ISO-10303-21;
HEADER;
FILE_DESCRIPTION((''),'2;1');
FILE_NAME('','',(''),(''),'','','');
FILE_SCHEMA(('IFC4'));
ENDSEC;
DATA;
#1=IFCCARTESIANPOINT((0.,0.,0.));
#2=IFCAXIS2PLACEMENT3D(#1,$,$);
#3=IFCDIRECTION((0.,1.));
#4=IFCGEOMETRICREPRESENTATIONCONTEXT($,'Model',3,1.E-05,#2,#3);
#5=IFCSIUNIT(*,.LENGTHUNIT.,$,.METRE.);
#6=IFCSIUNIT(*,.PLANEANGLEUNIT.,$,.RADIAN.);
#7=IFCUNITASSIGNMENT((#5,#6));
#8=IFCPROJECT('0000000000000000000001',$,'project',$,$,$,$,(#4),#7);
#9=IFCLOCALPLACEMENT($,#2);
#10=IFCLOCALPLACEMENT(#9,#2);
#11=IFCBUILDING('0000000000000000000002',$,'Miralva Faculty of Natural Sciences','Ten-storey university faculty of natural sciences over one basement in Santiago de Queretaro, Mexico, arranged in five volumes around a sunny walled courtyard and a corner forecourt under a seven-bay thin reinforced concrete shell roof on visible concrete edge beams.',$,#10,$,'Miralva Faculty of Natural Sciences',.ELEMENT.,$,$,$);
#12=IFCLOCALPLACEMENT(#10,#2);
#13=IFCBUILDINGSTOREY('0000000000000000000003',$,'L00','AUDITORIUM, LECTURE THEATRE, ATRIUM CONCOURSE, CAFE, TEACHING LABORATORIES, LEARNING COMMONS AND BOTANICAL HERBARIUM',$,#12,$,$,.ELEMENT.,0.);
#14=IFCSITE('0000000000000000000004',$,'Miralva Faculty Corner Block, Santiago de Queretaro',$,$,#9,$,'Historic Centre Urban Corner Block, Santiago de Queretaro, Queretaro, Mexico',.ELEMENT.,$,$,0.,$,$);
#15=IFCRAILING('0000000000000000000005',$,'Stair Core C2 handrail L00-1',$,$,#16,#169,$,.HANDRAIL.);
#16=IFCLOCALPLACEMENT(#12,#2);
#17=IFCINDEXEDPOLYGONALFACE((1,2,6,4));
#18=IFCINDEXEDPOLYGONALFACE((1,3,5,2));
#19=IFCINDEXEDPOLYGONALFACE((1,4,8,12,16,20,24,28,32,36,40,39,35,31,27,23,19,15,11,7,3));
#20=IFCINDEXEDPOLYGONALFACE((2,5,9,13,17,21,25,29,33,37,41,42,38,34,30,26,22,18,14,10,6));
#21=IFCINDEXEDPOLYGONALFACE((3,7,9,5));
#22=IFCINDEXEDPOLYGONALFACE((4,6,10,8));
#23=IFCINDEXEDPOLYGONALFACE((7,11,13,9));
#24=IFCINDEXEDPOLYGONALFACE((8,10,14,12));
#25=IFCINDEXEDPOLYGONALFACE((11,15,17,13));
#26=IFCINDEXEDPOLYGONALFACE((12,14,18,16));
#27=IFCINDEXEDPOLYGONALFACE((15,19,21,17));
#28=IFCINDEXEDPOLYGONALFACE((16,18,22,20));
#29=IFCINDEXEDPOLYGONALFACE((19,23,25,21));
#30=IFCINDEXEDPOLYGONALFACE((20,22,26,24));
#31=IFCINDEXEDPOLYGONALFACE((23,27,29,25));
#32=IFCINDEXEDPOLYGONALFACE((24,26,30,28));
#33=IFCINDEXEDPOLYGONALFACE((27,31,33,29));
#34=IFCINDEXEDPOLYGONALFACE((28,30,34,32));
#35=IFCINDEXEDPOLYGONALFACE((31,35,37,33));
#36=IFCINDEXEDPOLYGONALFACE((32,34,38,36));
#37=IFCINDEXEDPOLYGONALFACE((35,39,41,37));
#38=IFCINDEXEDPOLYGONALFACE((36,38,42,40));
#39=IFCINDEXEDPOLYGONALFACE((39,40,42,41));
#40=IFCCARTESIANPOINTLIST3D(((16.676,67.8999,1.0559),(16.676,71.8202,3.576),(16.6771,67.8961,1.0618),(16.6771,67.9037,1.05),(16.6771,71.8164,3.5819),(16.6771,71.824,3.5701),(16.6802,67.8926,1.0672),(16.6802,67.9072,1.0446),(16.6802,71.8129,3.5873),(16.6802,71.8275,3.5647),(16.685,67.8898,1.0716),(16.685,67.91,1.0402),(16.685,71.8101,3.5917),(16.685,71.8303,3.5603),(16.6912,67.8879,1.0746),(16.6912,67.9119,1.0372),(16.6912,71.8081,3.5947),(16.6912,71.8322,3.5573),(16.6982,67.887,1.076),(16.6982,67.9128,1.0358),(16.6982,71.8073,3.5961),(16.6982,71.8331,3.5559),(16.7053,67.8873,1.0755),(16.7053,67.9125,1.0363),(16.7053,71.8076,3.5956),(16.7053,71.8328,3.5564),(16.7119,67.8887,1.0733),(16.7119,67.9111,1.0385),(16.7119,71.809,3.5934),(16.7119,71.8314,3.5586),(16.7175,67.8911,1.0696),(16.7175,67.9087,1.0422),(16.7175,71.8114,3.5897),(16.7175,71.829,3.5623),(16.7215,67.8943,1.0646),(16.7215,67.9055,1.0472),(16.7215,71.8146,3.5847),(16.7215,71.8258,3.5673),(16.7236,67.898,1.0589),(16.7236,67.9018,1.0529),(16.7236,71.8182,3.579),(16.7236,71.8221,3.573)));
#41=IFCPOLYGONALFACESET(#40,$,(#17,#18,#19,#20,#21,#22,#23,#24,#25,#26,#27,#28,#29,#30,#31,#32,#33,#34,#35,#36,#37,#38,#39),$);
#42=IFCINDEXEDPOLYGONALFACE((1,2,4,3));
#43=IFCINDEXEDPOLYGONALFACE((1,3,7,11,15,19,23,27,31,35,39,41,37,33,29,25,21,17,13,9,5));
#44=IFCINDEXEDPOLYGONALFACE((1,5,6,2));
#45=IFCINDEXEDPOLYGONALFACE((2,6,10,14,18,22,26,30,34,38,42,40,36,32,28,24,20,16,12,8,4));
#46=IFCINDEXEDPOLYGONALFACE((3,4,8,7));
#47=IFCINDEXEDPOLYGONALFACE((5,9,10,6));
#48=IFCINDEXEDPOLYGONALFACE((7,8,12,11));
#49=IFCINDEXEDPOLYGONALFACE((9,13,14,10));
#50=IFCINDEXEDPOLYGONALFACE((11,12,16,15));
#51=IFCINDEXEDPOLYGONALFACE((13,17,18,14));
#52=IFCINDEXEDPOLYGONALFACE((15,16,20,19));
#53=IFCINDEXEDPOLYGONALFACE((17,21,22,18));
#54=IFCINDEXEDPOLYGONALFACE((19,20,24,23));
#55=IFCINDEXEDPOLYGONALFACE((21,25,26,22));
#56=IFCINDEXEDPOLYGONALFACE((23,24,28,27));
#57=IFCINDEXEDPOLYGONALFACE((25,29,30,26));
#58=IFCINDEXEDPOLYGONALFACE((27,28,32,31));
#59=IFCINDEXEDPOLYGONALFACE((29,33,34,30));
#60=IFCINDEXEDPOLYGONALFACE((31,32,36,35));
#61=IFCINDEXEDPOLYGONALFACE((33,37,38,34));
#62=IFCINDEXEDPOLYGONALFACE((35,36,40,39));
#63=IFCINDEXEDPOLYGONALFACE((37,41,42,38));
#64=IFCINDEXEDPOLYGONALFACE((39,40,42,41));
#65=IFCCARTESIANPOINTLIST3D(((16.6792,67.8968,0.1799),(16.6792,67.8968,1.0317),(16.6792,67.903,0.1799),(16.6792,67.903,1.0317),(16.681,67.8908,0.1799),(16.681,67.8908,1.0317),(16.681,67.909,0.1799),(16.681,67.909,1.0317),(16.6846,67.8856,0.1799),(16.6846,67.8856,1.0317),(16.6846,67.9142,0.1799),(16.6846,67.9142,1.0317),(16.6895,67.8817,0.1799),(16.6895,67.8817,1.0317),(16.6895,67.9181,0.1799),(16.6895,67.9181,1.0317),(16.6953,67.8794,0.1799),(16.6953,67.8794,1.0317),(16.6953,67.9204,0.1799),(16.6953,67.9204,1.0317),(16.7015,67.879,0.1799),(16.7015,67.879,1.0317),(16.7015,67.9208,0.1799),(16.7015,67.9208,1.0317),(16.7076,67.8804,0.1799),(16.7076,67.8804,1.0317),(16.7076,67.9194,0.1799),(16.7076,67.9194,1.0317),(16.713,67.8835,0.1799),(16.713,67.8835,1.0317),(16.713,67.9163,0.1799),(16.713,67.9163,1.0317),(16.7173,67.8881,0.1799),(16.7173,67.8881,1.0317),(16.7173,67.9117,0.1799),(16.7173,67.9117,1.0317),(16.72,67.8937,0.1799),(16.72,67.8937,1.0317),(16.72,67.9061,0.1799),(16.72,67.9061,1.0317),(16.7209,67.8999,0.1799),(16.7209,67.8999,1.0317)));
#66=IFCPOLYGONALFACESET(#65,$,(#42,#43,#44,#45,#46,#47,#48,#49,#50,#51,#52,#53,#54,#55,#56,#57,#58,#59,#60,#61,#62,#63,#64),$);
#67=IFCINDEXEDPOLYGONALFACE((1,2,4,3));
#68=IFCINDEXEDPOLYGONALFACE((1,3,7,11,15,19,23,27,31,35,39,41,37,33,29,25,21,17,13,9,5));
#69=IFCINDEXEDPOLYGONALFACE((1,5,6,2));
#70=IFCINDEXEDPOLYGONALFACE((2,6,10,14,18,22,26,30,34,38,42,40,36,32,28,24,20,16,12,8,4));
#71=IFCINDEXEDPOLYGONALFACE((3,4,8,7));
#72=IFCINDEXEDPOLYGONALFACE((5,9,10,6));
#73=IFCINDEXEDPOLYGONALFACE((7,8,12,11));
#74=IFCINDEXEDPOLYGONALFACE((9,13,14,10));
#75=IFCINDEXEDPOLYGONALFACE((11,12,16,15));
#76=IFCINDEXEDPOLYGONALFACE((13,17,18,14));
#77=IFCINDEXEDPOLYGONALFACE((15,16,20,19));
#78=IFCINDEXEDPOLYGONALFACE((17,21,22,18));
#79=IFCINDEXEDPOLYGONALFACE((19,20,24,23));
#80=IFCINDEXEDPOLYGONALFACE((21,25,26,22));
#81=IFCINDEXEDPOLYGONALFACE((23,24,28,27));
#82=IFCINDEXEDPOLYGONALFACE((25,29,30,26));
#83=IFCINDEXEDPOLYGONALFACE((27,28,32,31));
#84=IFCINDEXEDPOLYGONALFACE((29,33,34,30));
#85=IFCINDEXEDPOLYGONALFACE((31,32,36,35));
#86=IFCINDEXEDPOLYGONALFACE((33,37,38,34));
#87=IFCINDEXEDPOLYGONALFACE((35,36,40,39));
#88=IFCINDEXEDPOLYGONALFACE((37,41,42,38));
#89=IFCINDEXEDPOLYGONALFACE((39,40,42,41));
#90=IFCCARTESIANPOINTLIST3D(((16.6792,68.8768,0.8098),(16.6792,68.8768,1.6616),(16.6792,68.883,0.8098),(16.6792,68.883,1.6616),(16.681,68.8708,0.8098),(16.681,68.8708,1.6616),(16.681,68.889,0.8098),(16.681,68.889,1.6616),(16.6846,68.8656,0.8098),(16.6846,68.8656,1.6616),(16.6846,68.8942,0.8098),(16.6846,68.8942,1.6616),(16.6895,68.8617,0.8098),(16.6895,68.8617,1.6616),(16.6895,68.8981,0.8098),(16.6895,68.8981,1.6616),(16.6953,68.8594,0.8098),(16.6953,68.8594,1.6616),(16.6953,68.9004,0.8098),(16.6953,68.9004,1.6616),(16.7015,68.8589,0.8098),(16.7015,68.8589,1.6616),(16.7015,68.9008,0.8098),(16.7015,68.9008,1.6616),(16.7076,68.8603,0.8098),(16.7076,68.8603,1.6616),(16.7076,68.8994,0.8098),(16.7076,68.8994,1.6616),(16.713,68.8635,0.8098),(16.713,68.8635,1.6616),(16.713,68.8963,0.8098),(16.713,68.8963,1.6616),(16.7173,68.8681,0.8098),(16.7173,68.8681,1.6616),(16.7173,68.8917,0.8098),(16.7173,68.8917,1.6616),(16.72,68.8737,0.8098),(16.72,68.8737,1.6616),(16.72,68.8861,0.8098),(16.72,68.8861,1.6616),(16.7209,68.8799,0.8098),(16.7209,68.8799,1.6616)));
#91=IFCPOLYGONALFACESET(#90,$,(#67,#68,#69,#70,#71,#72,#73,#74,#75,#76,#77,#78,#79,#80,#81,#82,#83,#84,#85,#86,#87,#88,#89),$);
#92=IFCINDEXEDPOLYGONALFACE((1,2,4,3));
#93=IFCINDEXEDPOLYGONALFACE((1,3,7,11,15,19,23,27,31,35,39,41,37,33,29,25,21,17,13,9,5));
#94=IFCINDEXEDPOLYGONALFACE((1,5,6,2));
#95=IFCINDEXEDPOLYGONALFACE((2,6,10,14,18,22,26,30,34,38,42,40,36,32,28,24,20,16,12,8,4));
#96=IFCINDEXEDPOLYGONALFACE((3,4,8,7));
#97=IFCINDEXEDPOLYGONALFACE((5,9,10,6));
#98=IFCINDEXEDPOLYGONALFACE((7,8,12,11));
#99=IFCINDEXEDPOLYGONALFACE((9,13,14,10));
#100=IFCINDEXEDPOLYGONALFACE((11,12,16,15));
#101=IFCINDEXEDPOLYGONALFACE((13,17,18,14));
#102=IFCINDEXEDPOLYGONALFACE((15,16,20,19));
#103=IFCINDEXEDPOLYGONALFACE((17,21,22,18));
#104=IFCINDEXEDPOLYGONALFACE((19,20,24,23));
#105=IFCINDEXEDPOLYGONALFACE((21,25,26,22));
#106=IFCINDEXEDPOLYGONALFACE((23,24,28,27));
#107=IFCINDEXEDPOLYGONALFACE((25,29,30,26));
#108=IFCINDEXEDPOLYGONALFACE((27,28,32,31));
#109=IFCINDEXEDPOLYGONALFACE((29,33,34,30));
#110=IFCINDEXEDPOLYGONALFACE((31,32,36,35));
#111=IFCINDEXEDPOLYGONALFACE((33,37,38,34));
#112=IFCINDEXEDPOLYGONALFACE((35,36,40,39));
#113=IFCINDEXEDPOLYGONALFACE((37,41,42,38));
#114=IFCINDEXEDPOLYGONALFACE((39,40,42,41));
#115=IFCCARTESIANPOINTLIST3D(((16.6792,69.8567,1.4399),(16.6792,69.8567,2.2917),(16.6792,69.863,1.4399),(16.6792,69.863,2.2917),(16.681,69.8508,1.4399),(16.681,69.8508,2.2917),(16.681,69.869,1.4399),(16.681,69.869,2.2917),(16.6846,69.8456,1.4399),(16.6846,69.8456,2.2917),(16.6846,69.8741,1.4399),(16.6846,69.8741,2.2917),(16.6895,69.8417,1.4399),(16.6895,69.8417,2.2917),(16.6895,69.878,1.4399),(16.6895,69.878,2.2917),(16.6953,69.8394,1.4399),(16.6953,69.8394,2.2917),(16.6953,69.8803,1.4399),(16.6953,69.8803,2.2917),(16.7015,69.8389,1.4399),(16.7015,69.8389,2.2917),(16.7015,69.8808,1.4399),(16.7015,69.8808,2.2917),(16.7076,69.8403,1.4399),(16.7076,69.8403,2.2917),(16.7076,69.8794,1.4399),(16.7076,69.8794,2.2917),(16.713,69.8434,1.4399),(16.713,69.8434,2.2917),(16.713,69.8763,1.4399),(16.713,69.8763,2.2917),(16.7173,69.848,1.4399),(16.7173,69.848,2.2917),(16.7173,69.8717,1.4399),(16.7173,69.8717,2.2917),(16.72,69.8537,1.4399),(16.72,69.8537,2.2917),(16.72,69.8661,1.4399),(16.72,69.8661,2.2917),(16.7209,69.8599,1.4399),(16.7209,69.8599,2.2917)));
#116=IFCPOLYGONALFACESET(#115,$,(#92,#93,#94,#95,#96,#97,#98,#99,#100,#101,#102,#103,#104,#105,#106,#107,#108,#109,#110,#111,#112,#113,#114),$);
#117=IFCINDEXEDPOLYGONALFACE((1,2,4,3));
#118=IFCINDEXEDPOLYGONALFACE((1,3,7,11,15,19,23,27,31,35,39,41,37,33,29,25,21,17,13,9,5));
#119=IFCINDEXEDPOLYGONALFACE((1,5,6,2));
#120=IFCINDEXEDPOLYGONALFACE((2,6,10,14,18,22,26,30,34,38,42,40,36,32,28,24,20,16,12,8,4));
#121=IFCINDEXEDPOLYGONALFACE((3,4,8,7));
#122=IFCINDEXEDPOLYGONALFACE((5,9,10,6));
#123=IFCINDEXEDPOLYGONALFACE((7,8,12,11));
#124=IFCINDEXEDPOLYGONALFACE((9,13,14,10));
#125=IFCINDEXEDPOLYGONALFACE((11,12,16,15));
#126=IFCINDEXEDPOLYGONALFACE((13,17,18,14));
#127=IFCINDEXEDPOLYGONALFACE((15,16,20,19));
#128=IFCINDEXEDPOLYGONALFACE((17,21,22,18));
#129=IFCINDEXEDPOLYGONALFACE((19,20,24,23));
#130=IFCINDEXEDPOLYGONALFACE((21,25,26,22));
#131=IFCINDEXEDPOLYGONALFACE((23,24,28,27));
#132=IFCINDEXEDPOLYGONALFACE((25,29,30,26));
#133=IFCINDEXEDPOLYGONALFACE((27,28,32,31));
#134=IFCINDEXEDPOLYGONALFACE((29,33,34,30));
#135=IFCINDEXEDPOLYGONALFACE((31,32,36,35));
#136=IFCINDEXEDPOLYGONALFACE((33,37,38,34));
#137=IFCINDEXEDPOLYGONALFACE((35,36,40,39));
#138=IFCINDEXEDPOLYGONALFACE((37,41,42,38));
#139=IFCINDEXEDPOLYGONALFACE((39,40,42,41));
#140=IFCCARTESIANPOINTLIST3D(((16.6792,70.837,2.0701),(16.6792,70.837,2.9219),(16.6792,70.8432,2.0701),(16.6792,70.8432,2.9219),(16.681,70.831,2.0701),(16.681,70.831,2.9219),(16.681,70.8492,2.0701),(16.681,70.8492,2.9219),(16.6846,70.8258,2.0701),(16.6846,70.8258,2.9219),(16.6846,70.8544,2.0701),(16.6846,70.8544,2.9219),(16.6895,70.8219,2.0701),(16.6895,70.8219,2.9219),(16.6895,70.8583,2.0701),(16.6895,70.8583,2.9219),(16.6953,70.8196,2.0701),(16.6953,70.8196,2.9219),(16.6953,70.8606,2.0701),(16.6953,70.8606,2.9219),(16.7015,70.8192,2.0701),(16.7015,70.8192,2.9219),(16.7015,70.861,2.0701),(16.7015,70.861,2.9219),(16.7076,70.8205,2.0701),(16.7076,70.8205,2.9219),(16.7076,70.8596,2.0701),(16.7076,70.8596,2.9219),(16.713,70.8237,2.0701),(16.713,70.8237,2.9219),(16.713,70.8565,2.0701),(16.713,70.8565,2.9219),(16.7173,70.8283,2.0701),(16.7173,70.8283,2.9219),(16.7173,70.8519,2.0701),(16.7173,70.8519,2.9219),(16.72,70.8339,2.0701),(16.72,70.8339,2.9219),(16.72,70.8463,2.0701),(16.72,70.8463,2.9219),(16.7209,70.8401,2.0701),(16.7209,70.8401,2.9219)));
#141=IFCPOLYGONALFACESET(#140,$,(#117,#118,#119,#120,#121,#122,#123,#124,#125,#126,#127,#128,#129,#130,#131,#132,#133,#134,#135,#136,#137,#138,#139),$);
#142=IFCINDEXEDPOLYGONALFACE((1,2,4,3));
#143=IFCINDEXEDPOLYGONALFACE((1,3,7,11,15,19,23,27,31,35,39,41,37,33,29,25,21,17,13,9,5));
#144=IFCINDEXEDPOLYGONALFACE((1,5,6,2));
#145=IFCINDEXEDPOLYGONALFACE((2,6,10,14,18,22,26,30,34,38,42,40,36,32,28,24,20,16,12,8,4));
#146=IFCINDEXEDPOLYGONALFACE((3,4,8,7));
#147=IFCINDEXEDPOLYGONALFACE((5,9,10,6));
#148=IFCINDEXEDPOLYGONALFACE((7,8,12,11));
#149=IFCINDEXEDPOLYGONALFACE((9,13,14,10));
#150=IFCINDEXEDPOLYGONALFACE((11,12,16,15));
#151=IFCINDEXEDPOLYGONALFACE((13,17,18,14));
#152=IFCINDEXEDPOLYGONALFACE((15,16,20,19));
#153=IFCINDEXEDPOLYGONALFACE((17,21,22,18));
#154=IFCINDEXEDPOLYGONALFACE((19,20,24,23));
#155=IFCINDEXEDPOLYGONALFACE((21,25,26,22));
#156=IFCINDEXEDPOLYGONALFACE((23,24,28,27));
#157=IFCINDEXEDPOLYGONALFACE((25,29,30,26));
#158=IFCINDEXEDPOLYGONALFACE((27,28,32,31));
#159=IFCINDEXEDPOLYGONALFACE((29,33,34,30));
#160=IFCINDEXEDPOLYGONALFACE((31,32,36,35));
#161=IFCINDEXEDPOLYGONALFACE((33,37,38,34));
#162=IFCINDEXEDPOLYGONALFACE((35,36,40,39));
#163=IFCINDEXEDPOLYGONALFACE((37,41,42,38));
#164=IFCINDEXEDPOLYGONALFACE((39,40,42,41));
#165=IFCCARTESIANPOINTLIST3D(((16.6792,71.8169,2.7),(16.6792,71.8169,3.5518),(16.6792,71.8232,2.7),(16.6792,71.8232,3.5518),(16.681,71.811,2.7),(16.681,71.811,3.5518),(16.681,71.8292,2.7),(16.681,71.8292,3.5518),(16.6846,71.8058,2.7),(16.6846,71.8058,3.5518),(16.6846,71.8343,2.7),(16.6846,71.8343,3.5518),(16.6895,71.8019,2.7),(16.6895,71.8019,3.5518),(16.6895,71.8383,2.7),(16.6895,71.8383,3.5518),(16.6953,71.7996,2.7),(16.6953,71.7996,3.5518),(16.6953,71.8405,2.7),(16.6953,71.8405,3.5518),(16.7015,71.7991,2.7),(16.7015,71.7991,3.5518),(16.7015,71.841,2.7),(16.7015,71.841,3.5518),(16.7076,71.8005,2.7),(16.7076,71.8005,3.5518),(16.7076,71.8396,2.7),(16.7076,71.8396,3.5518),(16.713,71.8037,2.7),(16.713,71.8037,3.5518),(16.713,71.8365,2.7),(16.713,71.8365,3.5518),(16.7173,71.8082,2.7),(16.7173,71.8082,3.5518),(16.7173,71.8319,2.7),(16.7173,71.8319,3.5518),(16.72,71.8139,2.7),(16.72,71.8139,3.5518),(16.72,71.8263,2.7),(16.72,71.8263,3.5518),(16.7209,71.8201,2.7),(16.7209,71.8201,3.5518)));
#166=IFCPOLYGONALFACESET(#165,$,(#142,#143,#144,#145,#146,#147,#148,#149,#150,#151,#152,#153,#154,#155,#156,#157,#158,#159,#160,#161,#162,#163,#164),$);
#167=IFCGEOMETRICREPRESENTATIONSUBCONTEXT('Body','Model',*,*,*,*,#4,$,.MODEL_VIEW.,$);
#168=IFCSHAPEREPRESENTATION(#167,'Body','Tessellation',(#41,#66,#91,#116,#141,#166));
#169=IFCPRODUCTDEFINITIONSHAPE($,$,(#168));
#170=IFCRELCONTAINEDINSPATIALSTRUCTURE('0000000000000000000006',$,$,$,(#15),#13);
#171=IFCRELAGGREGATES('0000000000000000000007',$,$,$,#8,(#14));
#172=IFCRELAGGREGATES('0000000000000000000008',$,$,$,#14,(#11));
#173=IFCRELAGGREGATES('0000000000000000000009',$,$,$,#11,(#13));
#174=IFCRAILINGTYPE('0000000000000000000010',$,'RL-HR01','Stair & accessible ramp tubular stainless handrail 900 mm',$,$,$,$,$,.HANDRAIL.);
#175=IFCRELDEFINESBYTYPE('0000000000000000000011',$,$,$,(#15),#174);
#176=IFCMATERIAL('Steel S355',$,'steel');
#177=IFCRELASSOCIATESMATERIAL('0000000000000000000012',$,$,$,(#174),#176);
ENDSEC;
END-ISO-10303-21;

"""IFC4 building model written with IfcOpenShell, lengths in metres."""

from ifc_helpers import new_model, si_unit, direction, frame, origin, origin_2d, place, context, subcontext, project, spatial, circle, extrude, material, type_object, element, save


model = new_model("IFC4")

# Units and contexts
model_context = context("Model", 3, precision=1e-05, world=origin(), true_north=direction((0.0, 1.0)))
body_context = subcontext(model_context, "Body", "Model", "MODEL_VIEW")
ifc_project = project(units=[si_unit("LENGTHUNIT", "METRE"), si_unit("PLANEANGLEUNIT", "RADIAN")], contexts=[model_context])

# Site, building, storey
site_placement = place(None, origin())
site = spatial("IfcSite", under=ifc_project, at=site_placement, Name="Miralva Faculty Corner Block, Santiago de Queretaro", LongName="Historic Centre Urban Corner Block, Santiago de Queretaro, Queretaro, Mexico", CompositionType="ELEMENT", RefElevation=0.0)
building_placement = place(site_placement, origin())
building = spatial("IfcBuilding", under=site, at=building_placement, Name="Miralva Faculty of Natural Sciences", Description="Ten-storey university faculty of natural sciences over one basement in Santiago de Queretaro, Mexico, arranged in five volumes around a sunny walled courtyard and a corner forecourt under a seven-bay thin reinforced concrete shell roof on visible concrete edge beams.", LongName="Miralva Faculty of Natural Sciences", CompositionType="ELEMENT")
storey_placement = place(building_placement, origin())
storey = spatial("IfcBuildingStorey", under=building, at=storey_placement, Name="L00", Description="AUDITORIUM, LECTURE THEATRE, ATRIUM CONCOURSE, CAFE, TEACHING LABORATORIES, LEARNING COMMONS AND BOTANICAL HERBARIUM", CompositionType="ELEMENT", Elevation=0.0)

# Railing
ifc_material_1 = material(Name="Steel S355", Category="steel")
railing_type_1 = type_object("IfcRailingType", Name="RL-HR01", Description="Stair & accessible ramp tubular stainless handrail 900 mm", PredefinedType="HANDRAIL", material=ifc_material_1)
railing_1_placement = place(storey_placement, frame((16.7, 67.8999, 0.1799)))
element("IfcRailing", 1, at=railing_1_placement, inside=storey, type_object=railing_type_1, Name="Stair Core C2 handrail L00-1", PredefinedType="HANDRAIL", context=body_context, shape_type="SweptSolid", body=[
    extrude(circle(Radius=0.0239, at=origin_2d()), frame((0.0, 0.0, 0.876), z_axis=(0.0, 0.841187, 0.540744), x_axis=(-1.0, 0.0, 0.0)), (0.0, 0.0, 1.0), 4.6604),
    extrude(circle(Radius=0.021, at=origin_2d()), origin(), (0.0, 0.0, 1.0), 0.8518),
    extrude(circle(Radius=0.021, at=origin_2d()), frame((0.0, 0.98, 0.6299)), (0.0, 0.0, 1.0), 0.8518),
    extrude(circle(Radius=0.021, at=origin_2d()), frame((0.0, 1.96, 1.26)), (0.0, 0.0, 1.0), 0.8518),
    extrude(circle(Radius=0.021, at=origin_2d()), frame((0.0, 2.9402, 1.8901)), (0.0, 0.0, 1.0), 0.8518),
    extrude(circle(Radius=0.021, at=origin_2d()), frame((0.0, 3.9202, 2.52)), (0.0, 0.0, 1.0), 0.8518),
])

save(model, "model.ifc")
